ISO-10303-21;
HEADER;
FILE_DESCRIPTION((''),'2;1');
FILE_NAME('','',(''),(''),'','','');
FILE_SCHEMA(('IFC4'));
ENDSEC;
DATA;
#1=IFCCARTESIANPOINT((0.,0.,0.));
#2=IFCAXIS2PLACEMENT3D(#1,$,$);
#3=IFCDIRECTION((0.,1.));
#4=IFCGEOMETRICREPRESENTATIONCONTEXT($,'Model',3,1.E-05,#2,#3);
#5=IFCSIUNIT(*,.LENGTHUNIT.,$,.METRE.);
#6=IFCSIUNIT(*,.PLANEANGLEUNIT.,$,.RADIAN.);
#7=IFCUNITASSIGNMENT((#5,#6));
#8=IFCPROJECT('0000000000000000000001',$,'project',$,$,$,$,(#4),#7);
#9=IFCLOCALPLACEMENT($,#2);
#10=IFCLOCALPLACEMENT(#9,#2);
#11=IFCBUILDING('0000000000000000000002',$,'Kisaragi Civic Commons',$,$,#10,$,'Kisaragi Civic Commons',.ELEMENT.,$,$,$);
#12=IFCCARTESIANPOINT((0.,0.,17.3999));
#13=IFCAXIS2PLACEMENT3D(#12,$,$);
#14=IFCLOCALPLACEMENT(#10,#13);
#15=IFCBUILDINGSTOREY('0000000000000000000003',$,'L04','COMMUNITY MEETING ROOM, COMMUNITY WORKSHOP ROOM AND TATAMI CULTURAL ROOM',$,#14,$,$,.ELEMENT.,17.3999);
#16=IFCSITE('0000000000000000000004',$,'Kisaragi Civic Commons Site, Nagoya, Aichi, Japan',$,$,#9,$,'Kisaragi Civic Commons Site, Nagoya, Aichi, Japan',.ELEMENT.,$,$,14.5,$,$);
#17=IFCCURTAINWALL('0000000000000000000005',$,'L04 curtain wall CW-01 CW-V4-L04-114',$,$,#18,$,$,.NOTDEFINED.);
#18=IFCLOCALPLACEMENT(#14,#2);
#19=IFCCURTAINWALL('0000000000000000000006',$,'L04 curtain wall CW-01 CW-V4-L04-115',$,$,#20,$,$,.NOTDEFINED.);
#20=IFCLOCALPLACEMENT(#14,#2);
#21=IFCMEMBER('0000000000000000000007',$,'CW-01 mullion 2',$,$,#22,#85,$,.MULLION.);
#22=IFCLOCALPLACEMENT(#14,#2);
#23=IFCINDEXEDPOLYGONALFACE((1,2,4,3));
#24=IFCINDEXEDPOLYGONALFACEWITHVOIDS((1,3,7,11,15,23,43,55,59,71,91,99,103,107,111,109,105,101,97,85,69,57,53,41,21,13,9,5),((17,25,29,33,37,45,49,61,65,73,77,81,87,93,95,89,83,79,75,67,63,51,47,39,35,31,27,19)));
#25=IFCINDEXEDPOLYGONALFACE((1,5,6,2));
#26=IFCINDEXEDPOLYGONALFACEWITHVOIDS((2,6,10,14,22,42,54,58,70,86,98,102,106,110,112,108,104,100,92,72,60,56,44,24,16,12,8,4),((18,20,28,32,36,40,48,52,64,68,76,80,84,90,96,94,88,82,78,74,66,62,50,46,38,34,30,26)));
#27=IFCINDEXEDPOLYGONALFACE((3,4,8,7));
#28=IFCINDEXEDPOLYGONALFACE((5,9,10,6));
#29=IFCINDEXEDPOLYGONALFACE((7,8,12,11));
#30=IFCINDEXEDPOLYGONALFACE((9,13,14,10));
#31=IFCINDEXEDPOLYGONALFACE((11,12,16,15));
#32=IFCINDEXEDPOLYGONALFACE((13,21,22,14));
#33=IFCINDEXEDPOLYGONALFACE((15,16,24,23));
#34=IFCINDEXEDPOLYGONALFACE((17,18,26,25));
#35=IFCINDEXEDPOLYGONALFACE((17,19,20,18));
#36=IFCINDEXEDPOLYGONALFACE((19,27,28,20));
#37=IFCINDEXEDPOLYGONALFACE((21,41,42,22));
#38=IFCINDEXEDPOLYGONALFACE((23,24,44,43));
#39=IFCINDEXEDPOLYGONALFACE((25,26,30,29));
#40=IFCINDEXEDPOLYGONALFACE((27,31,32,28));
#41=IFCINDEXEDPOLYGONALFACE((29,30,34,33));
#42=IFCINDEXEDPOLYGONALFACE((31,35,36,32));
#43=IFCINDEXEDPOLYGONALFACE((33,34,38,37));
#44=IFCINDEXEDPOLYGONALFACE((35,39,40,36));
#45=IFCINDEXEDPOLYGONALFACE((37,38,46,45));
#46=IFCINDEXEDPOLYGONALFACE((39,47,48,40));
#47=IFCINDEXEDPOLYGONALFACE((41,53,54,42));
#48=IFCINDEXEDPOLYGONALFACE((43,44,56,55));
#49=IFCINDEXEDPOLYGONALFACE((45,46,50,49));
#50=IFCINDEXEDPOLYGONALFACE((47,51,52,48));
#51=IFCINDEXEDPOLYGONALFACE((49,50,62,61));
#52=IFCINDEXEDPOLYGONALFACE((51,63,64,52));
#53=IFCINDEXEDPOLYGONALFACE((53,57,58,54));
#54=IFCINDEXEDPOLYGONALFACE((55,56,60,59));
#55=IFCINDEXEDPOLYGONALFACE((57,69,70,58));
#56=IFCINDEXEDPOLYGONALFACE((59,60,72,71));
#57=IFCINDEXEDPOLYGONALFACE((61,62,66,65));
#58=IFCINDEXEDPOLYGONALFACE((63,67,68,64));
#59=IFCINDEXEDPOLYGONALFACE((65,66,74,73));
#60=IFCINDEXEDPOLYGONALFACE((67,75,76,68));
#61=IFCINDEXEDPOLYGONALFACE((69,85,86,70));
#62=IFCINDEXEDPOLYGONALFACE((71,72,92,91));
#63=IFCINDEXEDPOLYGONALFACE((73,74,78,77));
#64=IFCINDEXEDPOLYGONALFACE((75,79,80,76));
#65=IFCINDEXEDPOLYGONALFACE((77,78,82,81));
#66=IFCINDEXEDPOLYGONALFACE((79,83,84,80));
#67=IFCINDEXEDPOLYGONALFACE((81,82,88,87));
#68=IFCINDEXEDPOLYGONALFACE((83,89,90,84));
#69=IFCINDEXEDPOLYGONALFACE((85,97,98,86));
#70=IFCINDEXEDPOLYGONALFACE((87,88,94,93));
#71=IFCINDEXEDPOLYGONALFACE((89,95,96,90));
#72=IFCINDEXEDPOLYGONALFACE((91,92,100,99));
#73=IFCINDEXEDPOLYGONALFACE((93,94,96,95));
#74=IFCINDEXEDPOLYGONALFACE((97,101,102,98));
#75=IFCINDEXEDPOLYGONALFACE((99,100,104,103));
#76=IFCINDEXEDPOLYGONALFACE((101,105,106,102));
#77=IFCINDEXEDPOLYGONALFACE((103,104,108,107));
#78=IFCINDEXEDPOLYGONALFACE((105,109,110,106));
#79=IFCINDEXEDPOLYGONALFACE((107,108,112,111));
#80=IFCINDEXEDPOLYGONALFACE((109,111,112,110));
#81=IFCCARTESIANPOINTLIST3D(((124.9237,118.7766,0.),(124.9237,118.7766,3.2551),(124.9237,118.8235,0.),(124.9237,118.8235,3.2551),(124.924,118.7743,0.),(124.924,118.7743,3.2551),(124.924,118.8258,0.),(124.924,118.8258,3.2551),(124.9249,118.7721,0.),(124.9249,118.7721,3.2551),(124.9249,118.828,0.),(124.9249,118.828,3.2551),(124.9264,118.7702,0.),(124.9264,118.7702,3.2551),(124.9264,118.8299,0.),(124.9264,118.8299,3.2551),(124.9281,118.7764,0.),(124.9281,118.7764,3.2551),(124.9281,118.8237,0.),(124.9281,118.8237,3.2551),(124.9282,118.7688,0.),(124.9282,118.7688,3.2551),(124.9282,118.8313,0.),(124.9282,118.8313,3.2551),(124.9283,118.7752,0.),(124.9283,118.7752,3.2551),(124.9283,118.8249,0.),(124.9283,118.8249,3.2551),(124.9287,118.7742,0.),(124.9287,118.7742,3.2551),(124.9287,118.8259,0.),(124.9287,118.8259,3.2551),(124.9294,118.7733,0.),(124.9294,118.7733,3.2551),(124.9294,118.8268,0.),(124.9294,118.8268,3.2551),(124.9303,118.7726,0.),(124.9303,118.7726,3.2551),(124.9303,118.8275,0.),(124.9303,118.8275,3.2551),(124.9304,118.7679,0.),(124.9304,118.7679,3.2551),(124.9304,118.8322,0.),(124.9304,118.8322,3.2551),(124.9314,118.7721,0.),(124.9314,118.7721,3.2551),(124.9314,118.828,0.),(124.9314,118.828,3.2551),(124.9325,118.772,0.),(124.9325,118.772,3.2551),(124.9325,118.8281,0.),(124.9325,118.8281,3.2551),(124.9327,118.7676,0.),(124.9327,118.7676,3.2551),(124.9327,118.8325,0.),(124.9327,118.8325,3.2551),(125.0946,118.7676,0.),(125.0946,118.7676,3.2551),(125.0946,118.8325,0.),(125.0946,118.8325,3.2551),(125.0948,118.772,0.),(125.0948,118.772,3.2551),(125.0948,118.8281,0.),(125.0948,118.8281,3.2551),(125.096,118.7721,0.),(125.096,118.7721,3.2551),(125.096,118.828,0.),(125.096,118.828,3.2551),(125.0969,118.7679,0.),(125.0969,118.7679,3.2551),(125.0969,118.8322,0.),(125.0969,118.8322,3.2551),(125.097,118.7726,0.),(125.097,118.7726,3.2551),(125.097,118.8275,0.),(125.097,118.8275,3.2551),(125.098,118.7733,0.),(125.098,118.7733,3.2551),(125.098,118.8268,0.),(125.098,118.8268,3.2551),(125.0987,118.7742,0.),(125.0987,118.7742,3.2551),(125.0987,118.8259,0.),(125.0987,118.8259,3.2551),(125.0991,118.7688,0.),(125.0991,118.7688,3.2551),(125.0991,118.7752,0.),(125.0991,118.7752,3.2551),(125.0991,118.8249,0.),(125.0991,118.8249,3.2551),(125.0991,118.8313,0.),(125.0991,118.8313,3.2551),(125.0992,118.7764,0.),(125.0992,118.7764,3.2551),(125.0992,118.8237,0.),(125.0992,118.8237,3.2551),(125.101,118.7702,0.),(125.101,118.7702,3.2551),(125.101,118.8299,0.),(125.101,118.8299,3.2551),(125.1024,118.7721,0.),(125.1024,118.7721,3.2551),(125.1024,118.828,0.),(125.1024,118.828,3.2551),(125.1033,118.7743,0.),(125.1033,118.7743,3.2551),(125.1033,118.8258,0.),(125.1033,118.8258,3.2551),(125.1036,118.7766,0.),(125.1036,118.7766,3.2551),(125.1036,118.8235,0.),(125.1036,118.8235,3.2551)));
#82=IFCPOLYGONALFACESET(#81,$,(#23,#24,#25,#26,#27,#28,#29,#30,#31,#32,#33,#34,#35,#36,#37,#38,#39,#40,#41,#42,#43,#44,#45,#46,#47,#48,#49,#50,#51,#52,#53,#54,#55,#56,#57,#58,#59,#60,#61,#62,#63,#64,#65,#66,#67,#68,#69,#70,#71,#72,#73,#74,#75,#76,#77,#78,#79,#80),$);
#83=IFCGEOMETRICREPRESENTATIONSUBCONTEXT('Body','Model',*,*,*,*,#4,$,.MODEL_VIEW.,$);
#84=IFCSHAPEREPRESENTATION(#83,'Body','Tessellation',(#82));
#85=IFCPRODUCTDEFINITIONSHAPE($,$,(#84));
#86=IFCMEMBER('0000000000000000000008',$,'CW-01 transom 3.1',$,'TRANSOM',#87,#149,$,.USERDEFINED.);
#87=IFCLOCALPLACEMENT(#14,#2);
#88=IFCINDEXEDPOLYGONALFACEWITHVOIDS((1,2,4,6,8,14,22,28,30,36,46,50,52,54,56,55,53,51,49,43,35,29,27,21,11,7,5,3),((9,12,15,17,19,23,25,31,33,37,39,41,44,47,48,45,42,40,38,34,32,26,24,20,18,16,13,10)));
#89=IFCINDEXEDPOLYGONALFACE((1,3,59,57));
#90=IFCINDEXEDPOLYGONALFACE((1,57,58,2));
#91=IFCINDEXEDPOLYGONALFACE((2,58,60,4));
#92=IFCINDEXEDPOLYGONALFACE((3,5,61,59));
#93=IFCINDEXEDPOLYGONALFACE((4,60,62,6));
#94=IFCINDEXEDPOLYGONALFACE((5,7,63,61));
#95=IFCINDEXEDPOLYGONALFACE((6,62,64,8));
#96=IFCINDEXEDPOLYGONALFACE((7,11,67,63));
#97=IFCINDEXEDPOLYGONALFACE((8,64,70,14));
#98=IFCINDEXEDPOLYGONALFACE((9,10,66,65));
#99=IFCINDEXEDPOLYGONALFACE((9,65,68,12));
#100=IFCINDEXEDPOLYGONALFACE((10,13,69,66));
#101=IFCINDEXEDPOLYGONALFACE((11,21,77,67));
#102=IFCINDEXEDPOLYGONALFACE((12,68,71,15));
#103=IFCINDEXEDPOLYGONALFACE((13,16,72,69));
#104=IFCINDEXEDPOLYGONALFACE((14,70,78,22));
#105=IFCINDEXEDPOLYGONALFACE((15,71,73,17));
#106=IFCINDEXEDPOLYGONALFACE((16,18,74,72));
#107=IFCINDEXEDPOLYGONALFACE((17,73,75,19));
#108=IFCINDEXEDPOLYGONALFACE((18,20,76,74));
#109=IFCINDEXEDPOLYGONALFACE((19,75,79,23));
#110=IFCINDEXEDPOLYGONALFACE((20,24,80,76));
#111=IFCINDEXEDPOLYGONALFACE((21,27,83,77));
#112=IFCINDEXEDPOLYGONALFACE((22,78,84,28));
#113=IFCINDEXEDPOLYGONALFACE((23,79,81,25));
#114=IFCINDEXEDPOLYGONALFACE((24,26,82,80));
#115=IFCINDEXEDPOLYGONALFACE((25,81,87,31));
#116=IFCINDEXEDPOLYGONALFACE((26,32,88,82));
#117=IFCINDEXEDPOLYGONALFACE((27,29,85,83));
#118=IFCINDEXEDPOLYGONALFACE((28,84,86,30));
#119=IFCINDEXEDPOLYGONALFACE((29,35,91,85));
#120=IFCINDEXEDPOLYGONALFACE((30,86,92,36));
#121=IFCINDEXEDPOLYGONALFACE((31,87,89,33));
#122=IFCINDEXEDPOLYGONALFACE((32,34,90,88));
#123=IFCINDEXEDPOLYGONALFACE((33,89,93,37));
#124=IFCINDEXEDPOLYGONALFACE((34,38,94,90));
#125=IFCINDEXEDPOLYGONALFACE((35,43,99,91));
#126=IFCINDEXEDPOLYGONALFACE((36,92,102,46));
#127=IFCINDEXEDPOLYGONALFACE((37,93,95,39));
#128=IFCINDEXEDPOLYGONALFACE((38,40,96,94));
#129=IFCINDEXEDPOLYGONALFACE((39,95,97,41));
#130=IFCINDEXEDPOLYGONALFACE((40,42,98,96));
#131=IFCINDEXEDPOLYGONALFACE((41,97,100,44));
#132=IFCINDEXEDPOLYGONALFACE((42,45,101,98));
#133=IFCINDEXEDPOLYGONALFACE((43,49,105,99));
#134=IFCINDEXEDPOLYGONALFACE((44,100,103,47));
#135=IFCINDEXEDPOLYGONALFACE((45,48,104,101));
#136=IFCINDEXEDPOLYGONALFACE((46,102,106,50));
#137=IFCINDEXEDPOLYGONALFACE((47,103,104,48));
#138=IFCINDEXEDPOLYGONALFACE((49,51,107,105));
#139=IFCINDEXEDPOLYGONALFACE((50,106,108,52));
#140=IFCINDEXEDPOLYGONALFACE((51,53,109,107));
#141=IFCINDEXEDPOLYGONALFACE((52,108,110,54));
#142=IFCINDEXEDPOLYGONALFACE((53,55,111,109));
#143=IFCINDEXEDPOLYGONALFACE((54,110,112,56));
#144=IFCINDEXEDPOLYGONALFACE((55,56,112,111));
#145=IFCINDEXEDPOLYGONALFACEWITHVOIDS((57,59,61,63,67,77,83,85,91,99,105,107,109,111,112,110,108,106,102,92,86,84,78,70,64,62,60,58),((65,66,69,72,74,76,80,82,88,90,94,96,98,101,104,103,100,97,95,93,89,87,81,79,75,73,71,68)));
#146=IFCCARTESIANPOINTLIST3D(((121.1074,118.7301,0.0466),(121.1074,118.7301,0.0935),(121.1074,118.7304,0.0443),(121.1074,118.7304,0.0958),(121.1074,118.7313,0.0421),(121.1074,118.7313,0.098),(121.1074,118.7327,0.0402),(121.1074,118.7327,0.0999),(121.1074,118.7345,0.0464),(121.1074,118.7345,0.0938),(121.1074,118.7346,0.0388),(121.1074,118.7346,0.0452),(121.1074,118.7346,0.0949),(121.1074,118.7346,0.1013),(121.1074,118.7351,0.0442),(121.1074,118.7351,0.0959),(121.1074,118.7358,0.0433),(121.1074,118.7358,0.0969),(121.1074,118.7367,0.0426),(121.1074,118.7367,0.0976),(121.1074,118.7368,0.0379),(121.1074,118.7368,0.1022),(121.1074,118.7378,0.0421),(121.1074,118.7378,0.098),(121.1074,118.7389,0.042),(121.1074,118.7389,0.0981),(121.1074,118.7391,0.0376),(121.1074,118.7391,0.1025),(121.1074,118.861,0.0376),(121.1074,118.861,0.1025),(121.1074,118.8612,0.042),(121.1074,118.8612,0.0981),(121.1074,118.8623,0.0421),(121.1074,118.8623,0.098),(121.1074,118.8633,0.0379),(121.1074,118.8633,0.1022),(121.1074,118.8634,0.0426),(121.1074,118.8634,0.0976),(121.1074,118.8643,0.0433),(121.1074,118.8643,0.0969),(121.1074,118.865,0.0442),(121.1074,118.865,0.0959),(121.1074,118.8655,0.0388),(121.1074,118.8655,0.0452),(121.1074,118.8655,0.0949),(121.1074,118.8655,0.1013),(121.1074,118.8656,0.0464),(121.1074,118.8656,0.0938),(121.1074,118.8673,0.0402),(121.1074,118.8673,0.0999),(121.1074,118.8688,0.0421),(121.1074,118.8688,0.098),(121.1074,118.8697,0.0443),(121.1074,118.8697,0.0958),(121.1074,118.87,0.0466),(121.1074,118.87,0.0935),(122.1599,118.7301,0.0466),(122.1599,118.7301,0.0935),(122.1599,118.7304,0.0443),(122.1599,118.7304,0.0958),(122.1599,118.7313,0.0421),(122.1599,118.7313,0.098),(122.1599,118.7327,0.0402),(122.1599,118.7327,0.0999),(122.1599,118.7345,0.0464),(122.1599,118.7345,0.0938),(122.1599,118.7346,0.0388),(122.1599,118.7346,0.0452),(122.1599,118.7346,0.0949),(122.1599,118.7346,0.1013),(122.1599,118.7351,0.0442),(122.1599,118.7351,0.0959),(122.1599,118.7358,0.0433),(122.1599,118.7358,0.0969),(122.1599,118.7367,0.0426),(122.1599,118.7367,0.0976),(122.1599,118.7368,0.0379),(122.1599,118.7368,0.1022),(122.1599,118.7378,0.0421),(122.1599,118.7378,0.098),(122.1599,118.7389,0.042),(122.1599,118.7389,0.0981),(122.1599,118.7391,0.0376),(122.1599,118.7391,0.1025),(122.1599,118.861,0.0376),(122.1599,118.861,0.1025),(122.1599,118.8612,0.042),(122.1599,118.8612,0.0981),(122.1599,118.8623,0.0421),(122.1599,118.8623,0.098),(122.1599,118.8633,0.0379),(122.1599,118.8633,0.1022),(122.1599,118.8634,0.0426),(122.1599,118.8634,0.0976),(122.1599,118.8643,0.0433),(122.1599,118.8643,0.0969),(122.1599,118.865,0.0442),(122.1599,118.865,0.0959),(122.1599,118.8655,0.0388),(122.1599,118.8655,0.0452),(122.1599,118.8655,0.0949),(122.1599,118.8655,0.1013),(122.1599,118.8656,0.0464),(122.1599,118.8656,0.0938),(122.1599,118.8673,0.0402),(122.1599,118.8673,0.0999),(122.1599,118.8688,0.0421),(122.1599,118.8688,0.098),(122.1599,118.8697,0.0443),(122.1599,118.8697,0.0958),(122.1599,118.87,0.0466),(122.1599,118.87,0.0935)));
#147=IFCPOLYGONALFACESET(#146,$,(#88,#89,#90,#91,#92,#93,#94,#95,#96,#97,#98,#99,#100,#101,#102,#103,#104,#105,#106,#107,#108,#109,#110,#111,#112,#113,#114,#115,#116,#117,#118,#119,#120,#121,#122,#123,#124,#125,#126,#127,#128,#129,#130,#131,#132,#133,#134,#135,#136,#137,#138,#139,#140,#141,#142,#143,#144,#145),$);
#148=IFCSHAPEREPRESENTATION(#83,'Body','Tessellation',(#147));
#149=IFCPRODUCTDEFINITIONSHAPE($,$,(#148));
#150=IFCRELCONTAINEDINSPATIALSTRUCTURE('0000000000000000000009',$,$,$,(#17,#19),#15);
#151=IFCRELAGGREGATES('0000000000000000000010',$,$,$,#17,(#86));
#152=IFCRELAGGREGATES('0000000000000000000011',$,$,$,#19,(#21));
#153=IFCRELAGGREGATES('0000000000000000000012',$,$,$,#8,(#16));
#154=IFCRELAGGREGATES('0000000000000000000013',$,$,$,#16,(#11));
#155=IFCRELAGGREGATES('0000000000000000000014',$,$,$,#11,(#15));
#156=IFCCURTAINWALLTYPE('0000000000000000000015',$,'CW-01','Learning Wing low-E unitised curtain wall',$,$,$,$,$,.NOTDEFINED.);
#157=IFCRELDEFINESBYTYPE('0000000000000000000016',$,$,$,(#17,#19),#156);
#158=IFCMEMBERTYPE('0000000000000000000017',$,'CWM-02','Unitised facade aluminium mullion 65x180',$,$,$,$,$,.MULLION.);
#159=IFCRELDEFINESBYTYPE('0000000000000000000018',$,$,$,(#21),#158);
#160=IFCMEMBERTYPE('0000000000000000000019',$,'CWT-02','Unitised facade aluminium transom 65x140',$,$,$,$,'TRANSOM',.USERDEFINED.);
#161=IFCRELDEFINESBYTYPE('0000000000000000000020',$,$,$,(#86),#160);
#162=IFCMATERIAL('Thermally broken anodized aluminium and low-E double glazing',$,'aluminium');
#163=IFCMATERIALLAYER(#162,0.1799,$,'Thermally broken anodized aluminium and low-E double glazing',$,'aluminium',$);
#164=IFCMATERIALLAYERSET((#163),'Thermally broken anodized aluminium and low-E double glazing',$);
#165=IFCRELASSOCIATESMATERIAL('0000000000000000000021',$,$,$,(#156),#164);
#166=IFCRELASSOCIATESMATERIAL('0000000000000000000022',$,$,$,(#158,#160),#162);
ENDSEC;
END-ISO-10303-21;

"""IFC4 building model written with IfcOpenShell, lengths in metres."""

from ifc_helpers import new_model, si_unit, direction, frame, origin, origin_2d, place, context, subcontext, project, spatial, hollow_rectangle, extrude, material, layer, layer_set, material_profile, profile_set, type_object, element, aggregate, save


model = new_model("IFC4")

# Units and contexts
model_context = context("Model", 3, precision=1e-05, world=origin(), true_north=direction((0.0, 1.0)))
body_context = subcontext(model_context, "Body", "Model", "MODEL_VIEW")
ifc_project = project(units=[si_unit("LENGTHUNIT", "METRE"), si_unit("PLANEANGLEUNIT", "RADIAN")], contexts=[model_context])

# Site, building, storey
site_placement = place(None, origin())
site = spatial("IfcSite", under=ifc_project, at=site_placement, Name="Kisaragi Civic Commons Site, Nagoya, Aichi, Japan", LongName="Kisaragi Civic Commons Site, Nagoya, Aichi, Japan", CompositionType="ELEMENT", RefElevation=14.5)
building_placement = place(site_placement, origin())
building = spatial("IfcBuilding", under=site, at=building_placement, Name="Kisaragi Civic Commons", LongName="Kisaragi Civic Commons", CompositionType="ELEMENT")
storey_placement = place(building_placement, frame((0.0, 0.0, 17.3999)))
storey = spatial("IfcBuildingStorey", under=building, at=storey_placement, Name="L04", Description="COMMUNITY MEETING ROOM, COMMUNITY WORKSHOP ROOM AND TATAMI CULTURAL ROOM", CompositionType="ELEMENT", Elevation=17.3999)

# Curtain walls, member
ifc_material_1 = material(Name="Thermally broken anodized aluminium and low-E double glazing", Category="aluminium")
ifc_layer_1 = layer(ifc_material_1, 0.1799, Name="Thermally broken anodized aluminium and low-E double glazing", Category="aluminium")
ifc_layer_set_1 = layer_set([ifc_layer_1], Name="Thermally broken anodized aluminium and low-E double glazing")
curtain_wall_type = type_object("IfcCurtainWallType", Name="CW-01", Description="Learning Wing low-E unitised curtain wall", PredefinedType="NOTDEFINED", material=ifc_layer_set_1)
curtain_wall_1_placement = place(storey_placement, origin())
curtain_wall_1 = element("IfcCurtainWall", 1, at=curtain_wall_1_placement, inside=storey, type_object=curtain_wall_type, Name="L04 curtain wall CW-01 CW-V4-L04-114", PredefinedType="NOTDEFINED")
ifc_material_profile_1 = material_profile(ifc_material_1, hollow_rectangle(XDim=0.0649, YDim=0.1799, WallThickness=0.0044, InnerFilletRadius=0.0044, OuterFilletRadius=0.009, at=origin_2d()), Name="CWM-65x180x4.5", Category="aluminium")
ifc_profile_set_1 = profile_set([ifc_material_profile_1], Name="Thermally broken anodized aluminium and low-E double glazing")
member_type_1 = type_object("IfcMemberType", Name="CWM-02", Description="Unitised facade aluminium mullion 65x180", PredefinedType="MULLION", material=ifc_profile_set_1)
curtain_wall_2_placement = place(storey_placement, origin())
curtain_wall_2 = element("IfcCurtainWall", 2, at=curtain_wall_2_placement, inside=storey, type_object=curtain_wall_type, Name="L04 curtain wall CW-01 CW-V4-L04-115", PredefinedType="NOTDEFINED")
member_1_placement = place(storey_placement, frame((125.0137, 118.8, 0.0), z_axis=(0.0, 0.0, 1.0), x_axis=(0.0, 1.0, 0.0)))
member_1 = element("IfcMember", 3, at=member_1_placement, type_object=member_type_1, Name="CW-01 mullion 2", PredefinedType="MULLION", context=body_context, shape_type="SweptSolid", body=[
    extrude(hollow_rectangle(XDim=0.0649, YDim=0.1799, WallThickness=0.0044, InnerFilletRadius=0.0044, OuterFilletRadius=0.009, at=origin_2d()), origin(), (0.0, 0.0, 1.0), 3.2551),
])

# Member
ifc_material_profile_2 = material_profile(ifc_material_1, hollow_rectangle(XDim=0.1399, YDim=0.0649, WallThickness=0.0044, InnerFilletRadius=0.0044, OuterFilletRadius=0.009, at=origin_2d()), Name="CWT-65x140x4.5", Category="aluminium")
ifc_profile_set_2 = profile_set([ifc_material_profile_2], Name="Thermally broken anodized aluminium and low-E double glazing")
member_type_2 = type_object("IfcMemberType", Name="CWT-02", Description="Unitised facade aluminium transom 65x140", ElementType="TRANSOM", PredefinedType="USERDEFINED", material=ifc_profile_set_2)
member_2_placement = place(storey_placement, frame((121.1074, 118.8, 0.0701), z_axis=(1.0, 0.0, 0.0), x_axis=(0.0, 1.0, 0.0)))
member_2 = element("IfcMember", 4, at=member_2_placement, type_object=member_type_2, Name="CW-01 transom 3.1", ObjectType="TRANSOM", PredefinedType="USERDEFINED", context=body_context, shape_type="SweptSolid", body=[
    extrude(hollow_rectangle(XDim=0.1399, YDim=0.0649, WallThickness=0.0044, InnerFilletRadius=0.0044, OuterFilletRadius=0.009, at=origin_2d()), origin(), (0.0, 0.0, 1.0), 1.0525),
])

aggregate(curtain_wall_1, [member_2])
aggregate(curtain_wall_2, [member_1])

save(model, "model.ifc")
